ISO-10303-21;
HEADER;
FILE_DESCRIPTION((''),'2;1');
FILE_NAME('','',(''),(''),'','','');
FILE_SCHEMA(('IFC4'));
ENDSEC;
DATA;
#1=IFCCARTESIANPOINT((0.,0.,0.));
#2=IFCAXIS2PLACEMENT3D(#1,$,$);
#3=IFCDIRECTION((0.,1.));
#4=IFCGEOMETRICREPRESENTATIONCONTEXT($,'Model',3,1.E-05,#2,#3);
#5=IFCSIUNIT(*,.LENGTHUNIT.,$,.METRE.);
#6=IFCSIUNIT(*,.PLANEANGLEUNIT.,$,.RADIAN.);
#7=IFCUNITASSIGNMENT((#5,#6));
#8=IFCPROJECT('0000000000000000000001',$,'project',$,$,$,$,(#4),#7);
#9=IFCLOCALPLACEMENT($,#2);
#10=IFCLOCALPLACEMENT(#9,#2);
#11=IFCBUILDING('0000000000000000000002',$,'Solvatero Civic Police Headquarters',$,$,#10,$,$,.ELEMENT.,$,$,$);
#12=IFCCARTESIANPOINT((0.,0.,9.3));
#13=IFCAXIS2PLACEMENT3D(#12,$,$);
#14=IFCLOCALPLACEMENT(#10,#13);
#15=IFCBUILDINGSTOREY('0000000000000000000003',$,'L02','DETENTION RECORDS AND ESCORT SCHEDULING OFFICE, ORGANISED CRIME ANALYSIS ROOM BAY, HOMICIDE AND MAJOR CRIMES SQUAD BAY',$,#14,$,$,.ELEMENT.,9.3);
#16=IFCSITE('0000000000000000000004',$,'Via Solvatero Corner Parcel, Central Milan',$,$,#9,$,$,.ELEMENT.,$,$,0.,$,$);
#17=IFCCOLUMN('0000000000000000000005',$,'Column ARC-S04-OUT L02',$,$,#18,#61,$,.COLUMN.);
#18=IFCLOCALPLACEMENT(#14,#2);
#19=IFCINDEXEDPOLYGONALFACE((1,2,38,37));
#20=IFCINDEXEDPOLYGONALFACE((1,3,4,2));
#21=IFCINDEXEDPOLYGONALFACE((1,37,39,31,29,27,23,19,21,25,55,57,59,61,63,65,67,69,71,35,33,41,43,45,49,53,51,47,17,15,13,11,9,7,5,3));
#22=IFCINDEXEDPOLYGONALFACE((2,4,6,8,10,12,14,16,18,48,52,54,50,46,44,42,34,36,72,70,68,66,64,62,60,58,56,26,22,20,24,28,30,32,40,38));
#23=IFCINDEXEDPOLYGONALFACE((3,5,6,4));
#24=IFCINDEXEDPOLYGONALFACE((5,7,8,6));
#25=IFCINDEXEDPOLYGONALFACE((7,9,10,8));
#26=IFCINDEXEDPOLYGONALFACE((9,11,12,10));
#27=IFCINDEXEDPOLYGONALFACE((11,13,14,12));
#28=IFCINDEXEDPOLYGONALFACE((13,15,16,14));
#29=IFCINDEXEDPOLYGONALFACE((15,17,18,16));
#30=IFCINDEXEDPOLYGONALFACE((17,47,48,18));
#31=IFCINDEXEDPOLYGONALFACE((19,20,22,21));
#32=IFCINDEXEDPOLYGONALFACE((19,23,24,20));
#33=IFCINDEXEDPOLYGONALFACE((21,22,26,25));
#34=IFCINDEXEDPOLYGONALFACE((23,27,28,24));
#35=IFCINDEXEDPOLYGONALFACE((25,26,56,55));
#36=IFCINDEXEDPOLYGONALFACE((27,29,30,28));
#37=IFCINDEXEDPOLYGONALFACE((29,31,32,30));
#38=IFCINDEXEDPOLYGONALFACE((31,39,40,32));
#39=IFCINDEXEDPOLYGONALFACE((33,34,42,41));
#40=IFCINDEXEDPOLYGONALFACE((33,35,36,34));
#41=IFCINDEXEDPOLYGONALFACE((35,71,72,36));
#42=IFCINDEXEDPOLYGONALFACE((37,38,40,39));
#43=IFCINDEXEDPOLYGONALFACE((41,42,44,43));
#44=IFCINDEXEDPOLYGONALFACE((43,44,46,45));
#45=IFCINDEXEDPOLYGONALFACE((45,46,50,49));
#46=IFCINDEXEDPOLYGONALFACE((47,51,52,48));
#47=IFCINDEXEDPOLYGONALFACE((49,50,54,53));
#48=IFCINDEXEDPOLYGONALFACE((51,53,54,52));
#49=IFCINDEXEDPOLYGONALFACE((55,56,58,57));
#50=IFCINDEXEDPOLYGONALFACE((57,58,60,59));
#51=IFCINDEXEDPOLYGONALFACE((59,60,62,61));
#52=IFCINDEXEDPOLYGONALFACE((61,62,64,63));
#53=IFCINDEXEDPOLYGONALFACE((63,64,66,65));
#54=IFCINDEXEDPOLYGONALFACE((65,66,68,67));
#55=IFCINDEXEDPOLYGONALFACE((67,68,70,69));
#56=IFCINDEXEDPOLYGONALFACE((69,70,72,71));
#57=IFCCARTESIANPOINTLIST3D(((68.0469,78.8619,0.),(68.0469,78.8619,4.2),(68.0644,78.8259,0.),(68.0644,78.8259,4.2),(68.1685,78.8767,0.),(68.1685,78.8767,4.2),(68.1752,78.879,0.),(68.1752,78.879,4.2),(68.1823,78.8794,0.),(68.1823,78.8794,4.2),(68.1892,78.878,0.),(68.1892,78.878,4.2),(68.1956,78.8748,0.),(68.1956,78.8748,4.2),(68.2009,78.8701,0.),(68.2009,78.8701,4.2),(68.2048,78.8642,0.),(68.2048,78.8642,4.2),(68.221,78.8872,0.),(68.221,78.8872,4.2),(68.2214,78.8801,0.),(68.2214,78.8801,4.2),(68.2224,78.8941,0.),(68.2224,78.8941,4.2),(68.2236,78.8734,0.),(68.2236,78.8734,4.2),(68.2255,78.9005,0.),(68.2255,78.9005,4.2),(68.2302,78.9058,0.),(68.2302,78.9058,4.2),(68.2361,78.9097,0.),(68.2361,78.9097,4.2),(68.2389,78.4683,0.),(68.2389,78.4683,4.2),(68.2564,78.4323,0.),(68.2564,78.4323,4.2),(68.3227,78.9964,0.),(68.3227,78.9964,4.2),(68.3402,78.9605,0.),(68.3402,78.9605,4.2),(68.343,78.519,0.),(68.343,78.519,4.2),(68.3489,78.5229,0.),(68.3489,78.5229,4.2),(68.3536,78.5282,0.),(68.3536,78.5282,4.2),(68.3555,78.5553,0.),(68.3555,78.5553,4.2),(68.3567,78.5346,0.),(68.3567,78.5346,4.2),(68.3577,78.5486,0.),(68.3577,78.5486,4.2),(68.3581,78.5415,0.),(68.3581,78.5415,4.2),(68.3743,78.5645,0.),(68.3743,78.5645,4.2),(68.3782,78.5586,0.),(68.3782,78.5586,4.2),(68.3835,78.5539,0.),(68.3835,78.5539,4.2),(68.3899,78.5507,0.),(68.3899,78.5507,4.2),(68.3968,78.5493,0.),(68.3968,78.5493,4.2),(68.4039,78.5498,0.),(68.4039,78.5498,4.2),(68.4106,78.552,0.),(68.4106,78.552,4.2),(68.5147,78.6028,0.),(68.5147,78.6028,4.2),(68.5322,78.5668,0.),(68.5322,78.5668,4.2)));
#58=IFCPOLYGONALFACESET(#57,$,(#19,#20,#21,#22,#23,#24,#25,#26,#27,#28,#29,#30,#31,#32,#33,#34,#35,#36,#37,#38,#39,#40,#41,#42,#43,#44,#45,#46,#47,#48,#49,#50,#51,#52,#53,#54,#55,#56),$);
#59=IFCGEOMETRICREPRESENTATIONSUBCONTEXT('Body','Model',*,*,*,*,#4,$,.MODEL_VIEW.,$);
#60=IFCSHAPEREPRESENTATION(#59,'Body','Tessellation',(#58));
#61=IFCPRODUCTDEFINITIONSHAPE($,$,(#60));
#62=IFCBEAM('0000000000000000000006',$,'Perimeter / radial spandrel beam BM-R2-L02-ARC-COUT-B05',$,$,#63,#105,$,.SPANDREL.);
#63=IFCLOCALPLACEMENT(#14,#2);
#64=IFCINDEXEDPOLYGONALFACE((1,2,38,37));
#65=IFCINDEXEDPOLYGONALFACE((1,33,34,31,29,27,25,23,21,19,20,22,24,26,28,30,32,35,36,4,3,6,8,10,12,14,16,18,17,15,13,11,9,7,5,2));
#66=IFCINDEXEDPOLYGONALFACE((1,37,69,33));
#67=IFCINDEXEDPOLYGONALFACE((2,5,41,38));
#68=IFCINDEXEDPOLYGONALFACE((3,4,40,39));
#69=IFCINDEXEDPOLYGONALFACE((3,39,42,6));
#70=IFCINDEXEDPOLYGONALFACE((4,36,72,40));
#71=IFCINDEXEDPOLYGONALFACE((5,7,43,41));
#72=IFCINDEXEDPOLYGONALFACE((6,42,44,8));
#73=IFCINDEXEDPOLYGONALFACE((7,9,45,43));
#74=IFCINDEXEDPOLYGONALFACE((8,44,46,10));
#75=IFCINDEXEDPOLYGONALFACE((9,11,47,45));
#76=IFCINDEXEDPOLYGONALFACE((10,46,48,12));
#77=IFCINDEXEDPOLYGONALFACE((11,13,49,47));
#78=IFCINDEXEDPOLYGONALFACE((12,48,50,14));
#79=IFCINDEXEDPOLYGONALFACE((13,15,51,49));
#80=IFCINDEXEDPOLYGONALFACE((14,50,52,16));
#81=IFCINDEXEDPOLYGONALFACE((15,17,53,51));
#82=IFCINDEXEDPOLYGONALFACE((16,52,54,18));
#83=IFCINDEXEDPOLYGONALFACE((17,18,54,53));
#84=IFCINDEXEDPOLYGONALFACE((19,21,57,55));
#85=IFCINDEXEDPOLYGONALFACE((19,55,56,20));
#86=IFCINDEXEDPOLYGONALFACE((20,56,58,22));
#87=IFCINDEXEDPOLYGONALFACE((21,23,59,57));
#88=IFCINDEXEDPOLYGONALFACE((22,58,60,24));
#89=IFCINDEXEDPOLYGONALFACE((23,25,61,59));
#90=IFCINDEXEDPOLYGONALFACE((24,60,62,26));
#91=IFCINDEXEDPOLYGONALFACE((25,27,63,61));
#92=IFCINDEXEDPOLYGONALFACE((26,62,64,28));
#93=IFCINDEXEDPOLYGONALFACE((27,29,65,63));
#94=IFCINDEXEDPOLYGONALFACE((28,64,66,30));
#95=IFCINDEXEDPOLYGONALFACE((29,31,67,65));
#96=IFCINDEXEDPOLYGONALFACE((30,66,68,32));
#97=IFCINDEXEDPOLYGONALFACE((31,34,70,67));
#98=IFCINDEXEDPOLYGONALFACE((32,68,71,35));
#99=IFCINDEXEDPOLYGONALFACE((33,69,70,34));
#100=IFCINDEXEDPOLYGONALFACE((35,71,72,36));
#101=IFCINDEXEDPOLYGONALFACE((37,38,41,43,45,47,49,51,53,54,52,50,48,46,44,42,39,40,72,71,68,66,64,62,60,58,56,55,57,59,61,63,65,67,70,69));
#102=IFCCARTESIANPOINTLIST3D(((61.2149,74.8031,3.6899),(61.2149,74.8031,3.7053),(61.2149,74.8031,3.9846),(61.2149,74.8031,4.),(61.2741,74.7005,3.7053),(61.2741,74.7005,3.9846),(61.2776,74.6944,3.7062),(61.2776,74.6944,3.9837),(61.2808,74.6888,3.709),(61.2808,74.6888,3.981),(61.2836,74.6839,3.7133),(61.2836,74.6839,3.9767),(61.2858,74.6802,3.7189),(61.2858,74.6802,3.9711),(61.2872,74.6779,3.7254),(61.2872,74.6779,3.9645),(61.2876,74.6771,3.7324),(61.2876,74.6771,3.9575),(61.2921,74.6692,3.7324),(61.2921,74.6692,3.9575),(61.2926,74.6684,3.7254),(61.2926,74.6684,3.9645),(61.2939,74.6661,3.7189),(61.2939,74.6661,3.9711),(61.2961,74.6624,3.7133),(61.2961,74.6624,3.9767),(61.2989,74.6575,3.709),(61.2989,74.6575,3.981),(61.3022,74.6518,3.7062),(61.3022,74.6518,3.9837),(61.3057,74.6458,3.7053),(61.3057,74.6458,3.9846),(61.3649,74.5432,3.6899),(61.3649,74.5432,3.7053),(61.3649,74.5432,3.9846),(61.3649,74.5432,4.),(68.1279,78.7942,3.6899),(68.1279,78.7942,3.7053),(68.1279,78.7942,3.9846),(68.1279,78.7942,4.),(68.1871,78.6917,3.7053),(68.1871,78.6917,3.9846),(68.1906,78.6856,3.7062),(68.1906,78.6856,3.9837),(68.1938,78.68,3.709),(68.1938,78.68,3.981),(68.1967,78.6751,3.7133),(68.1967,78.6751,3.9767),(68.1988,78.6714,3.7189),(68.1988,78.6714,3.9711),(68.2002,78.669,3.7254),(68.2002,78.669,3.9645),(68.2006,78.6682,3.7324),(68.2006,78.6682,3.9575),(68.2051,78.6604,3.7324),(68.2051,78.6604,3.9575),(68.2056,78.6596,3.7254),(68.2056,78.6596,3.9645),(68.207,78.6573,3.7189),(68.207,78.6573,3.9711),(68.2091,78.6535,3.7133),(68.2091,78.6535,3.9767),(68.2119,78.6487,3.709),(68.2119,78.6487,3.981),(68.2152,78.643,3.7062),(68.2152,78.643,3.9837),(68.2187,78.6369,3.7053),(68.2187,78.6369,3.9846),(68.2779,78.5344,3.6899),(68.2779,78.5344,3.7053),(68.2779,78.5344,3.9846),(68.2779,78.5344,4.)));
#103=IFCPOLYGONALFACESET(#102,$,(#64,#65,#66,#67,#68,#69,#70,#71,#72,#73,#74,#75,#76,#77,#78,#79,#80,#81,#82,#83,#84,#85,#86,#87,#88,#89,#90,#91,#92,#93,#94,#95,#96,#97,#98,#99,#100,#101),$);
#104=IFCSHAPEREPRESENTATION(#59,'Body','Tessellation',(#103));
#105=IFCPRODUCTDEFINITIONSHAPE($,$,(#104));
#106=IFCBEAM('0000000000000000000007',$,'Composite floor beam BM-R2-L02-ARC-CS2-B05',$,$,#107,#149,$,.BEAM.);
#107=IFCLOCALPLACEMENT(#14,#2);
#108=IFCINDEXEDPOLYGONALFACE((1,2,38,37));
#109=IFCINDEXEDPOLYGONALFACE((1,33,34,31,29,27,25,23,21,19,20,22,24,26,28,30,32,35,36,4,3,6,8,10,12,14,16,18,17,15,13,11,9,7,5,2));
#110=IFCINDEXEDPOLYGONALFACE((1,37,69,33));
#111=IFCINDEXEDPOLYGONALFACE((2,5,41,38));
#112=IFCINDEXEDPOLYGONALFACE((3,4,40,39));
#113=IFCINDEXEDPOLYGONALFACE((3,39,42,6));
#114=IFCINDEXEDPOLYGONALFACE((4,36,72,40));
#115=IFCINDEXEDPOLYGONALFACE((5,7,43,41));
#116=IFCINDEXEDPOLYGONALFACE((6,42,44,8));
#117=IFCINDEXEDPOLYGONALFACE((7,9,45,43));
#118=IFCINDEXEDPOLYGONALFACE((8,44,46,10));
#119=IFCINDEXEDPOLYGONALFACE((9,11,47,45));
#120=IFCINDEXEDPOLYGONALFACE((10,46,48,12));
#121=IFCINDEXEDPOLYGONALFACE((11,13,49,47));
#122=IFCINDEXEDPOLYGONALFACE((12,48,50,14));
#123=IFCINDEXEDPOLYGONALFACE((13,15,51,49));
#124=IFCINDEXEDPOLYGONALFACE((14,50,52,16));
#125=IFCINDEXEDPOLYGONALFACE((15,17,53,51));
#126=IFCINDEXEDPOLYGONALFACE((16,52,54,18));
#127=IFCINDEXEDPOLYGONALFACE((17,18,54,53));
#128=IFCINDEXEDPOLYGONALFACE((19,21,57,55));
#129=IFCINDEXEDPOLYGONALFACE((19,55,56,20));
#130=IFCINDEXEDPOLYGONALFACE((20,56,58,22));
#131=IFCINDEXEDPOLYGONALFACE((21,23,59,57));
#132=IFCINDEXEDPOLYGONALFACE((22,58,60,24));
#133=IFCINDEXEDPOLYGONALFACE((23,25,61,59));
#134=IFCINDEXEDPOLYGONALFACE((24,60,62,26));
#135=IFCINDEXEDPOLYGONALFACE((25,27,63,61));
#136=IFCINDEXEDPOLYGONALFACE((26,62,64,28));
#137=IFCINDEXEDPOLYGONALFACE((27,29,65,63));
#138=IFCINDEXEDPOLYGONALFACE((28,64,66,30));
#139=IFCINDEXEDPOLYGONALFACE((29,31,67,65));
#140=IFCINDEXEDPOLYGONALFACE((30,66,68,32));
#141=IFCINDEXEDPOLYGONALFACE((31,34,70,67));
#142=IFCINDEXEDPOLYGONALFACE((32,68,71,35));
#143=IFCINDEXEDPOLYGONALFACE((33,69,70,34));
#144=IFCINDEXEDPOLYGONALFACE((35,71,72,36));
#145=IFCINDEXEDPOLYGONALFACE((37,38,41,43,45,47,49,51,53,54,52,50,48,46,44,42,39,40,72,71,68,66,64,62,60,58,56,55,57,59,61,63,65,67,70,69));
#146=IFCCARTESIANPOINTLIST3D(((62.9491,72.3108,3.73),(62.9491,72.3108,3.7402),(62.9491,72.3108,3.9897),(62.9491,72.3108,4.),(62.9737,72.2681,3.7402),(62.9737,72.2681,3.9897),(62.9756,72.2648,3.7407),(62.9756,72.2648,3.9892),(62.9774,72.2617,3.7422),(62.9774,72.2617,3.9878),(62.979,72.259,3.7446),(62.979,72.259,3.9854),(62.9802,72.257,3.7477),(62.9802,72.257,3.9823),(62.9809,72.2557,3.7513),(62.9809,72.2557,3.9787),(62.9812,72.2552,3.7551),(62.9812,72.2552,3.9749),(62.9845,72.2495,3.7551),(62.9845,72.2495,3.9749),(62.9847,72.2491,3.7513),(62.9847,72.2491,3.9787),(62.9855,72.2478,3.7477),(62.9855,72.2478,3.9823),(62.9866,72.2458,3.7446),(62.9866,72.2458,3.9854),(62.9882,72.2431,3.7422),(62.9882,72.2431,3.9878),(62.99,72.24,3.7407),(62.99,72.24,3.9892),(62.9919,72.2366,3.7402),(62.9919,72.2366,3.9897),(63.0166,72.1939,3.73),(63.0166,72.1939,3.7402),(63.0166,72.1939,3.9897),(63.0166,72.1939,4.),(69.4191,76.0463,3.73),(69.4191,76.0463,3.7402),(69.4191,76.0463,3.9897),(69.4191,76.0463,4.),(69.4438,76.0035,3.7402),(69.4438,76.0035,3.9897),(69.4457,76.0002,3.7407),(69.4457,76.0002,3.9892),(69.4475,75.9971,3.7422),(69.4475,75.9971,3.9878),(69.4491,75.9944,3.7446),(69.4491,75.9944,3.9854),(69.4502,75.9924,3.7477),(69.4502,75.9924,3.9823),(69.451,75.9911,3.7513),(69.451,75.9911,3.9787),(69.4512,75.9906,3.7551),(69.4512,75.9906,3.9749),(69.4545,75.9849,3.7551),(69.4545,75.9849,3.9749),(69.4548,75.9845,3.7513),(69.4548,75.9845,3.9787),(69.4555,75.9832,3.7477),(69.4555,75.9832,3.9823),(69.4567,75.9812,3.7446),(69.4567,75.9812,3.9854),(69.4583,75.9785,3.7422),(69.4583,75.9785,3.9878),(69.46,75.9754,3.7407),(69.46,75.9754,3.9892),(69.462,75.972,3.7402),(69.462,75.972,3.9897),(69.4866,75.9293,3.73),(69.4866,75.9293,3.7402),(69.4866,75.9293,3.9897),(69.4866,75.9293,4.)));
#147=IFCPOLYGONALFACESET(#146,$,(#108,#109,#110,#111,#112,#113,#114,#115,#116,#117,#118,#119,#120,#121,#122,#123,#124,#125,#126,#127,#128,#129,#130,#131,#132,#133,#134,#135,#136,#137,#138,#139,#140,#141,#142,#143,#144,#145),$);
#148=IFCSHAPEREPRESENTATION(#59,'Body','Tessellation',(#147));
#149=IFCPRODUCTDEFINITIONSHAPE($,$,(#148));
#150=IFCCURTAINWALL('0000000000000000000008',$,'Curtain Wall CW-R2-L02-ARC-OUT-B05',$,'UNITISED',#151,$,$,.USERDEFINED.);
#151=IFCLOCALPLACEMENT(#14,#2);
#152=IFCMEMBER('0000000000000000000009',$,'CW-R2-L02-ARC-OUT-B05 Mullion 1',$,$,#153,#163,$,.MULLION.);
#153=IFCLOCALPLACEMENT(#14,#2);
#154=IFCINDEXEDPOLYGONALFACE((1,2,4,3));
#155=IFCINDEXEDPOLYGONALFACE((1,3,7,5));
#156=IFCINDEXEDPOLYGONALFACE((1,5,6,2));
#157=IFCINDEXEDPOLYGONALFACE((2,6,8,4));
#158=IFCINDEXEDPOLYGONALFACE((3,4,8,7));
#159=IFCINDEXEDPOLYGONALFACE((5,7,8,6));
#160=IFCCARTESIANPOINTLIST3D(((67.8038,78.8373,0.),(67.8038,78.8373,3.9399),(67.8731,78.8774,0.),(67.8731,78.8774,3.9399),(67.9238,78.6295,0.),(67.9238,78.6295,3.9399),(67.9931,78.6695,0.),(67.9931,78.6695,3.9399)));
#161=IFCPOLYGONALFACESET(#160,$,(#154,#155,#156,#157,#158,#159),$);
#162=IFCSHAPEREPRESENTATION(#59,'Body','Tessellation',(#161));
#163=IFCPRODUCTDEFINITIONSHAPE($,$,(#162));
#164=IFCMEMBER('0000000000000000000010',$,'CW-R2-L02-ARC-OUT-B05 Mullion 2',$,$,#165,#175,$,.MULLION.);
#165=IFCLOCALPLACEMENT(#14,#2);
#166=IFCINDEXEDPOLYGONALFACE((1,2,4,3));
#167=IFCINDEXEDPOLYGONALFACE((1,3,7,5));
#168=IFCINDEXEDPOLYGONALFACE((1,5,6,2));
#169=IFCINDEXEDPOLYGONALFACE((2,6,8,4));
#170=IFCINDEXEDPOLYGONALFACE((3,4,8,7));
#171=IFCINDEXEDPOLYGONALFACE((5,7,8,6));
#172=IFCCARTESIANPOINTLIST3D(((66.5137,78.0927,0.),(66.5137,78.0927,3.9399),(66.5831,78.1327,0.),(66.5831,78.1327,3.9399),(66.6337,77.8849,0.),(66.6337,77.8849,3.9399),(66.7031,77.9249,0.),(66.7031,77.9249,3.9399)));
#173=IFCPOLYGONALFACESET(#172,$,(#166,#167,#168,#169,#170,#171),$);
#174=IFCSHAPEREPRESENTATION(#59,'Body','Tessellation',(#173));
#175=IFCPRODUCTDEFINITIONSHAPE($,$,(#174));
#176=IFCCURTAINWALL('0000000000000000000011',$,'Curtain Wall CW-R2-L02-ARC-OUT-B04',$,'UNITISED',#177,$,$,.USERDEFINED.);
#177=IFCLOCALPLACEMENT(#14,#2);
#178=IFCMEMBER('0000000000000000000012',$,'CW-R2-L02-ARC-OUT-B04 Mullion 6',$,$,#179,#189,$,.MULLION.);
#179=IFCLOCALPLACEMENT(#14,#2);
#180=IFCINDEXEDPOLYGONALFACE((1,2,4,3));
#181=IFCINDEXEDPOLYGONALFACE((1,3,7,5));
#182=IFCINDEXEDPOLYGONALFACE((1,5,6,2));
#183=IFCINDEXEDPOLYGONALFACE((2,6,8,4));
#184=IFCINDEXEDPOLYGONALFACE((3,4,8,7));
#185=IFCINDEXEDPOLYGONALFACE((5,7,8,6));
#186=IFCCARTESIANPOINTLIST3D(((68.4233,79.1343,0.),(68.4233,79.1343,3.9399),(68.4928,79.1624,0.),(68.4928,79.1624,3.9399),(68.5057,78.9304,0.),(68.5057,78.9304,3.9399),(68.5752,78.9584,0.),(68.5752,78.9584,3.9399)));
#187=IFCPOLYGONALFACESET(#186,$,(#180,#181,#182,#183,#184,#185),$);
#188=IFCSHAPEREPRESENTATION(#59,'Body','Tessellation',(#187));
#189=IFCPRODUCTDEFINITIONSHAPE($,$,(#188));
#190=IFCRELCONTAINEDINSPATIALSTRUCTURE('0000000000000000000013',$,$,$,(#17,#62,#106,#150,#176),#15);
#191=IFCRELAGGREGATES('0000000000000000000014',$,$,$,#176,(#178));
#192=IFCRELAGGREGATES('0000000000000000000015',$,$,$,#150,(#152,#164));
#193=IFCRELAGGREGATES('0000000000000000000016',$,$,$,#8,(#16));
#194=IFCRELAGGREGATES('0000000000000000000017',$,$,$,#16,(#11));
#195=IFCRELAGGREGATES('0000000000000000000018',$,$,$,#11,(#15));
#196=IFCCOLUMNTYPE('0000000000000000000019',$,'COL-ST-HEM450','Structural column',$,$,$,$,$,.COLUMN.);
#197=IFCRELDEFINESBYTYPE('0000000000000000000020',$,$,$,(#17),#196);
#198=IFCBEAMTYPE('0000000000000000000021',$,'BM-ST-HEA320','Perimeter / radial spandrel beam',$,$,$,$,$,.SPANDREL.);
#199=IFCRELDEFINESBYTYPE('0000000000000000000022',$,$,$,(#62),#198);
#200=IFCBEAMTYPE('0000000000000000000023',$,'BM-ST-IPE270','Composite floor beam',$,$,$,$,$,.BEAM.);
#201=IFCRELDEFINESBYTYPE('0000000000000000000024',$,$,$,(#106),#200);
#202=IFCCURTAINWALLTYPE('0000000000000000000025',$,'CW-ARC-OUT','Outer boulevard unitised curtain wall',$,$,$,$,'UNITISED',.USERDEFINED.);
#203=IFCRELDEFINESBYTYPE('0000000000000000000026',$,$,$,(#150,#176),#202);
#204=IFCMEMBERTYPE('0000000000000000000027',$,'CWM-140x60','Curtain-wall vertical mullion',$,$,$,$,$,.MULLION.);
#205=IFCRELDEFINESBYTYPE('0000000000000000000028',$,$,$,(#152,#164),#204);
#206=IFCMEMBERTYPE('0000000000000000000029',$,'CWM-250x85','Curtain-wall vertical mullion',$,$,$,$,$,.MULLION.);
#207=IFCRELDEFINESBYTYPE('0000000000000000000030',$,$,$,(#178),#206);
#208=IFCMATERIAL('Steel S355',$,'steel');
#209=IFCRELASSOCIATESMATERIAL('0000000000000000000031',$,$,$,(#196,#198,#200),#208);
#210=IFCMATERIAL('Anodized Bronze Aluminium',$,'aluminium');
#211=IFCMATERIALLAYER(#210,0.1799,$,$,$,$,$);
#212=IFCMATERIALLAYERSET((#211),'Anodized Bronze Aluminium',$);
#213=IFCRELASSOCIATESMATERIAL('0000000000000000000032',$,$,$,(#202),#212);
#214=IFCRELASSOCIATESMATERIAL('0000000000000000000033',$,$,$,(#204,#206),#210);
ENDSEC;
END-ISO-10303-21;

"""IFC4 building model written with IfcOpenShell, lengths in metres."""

from ifc_helpers import new_model, si_unit, direction, frame, origin, origin_2d, place, context, subcontext, project, spatial, rectangle, i_section, extrude, material, layer, layer_set, material_profile, profile_set, type_object, element, aggregate, save


model = new_model("IFC4")

# Units and contexts
model_context = context("Model", 3, precision=1e-05, world=origin(), true_north=direction((0.0, 1.0)))
body_context = subcontext(model_context, "Body", "Model", "MODEL_VIEW")
ifc_project = project(units=[si_unit("LENGTHUNIT", "METRE"), si_unit("PLANEANGLEUNIT", "RADIAN")], contexts=[model_context])

# Site, building, storey
site_placement = place(None, origin())
site = spatial("IfcSite", under=ifc_project, at=site_placement, Name="Via Solvatero Corner Parcel, Central Milan", CompositionType="ELEMENT", RefElevation=0.0)
building_placement = place(site_placement, origin())
building = spatial("IfcBuilding", under=site, at=building_placement, Name="Solvatero Civic Police Headquarters", CompositionType="ELEMENT")
storey_placement = place(building_placement, frame((0.0, 0.0, 9.3)))
storey = spatial("IfcBuildingStorey", under=building, at=storey_placement, Name="L02", Description="DETENTION RECORDS AND ESCORT SCHEDULING OFFICE, ORGANISED CRIME ANALYSIS ROOM BAY, HOMICIDE AND MAJOR CRIMES SQUAD BAY", CompositionType="ELEMENT", Elevation=9.3)

# Column
ifc_material_1 = material(Name="Steel S355", Category="steel")
ifc_material_profile_1 = material_profile(ifc_material_1, i_section(OverallWidth=0.3069, OverallDepth=0.478, WebThickness=0.021, FlangeThickness=0.04, FilletRadius=0.0271, at=origin_2d()), Name="HEM 450")
ifc_profile_set_1 = profile_set([ifc_material_profile_1], Name="Steel S355")
column_type = type_object("IfcColumnType", Name="COL-ST-HEM450", Description="Structural column", PredefinedType="COLUMN", material=ifc_profile_set_1)
column_placement = place(storey_placement, frame((68.2896, 78.7144, 0.0), z_axis=(0.0, 0.0, 1.0), x_axis=(0.898794, 0.438371, 0.0)))
element("IfcColumn", 1, at=column_placement, inside=storey, type_object=column_type, Name="Column ARC-S04-OUT L02", PredefinedType="COLUMN", context=body_context, shape_type="SweptSolid", body=[
    extrude(i_section(OverallWidth=0.3069, OverallDepth=0.478, WebThickness=0.021, FlangeThickness=0.04, FilletRadius=0.0271, at=origin_2d()), origin(), (0.0, 0.0, 1.0), 4.2),
])

# Beams
ifc_material_profile_2 = material_profile(ifc_material_1, i_section(OverallWidth=0.3, OverallDepth=0.3101, WebThickness=0.009, FlangeThickness=0.0154, FilletRadius=0.0271, at=origin_2d()), Name="HEA 320")
ifc_profile_set_2 = profile_set([ifc_material_profile_2], Name="Steel S355")
beam_type_1 = type_object("IfcBeamType", Name="BM-ST-HEA320", Description="Perimeter / radial spandrel beam", PredefinedType="SPANDREL", material=ifc_profile_set_2)
beam_1_placement = place(storey_placement, frame((68.2029, 78.6643, 3.845), z_axis=(-0.866029, -0.499994, 0.0), x_axis=(0.499994, -0.866029, 0.0)))
element("IfcBeam", 2, at=beam_1_placement, inside=storey, type_object=beam_type_1, Name="Perimeter / radial spandrel beam BM-R2-L02-ARC-COUT-B05", PredefinedType="SPANDREL", context=body_context, shape_type="SweptSolid", body=[
    extrude(i_section(OverallWidth=0.3, OverallDepth=0.3101, WebThickness=0.009, FlangeThickness=0.0154, FilletRadius=0.0271, at=origin_2d()), origin(), (0.0, 0.0, 1.0), 7.9824),
])
ifc_material_profile_3 = material_profile(ifc_material_1, i_section(OverallWidth=0.135, OverallDepth=0.27, WebThickness=0.0066, FlangeThickness=0.0103, FilletRadius=0.0149, at=origin_2d()), Name="IPE 270")
ifc_profile_set_3 = profile_set([ifc_material_profile_3], Name="Steel S355")
beam_type_2 = type_object("IfcBeamType", Name="BM-ST-IPE270", Description="Composite floor beam", PredefinedType="BEAM", material=ifc_profile_set_3)
beam_2_placement = place(storey_placement, frame((69.4529, 75.9878, 3.865), z_axis=(-0.86603, -0.499991, 0.0), x_axis=(0.499991, -0.86603, 0.0)))
element("IfcBeam", 3, at=beam_2_placement, inside=storey, type_object=beam_type_2, Name="Composite floor beam BM-R2-L02-ARC-CS2-B05", PredefinedType="BEAM", context=body_context, shape_type="SweptSolid", body=[
    extrude(i_section(OverallWidth=0.135, OverallDepth=0.27, WebThickness=0.0066, FlangeThickness=0.0103, FilletRadius=0.0149, at=origin_2d()), origin(), (0.0, 0.0, 1.0), 7.4709),
])

# Curtain wall, members
ifc_material_2 = material(Name="Anodized Bronze Aluminium", Category="aluminium")
ifc_layer_1 = layer(ifc_material_2, 0.1799)
ifc_layer_set_1 = layer_set([ifc_layer_1], Name="Anodized Bronze Aluminium")
curtain_wall_type = type_object("IfcCurtainWallType", Name="CW-ARC-OUT", Description="Outer boulevard unitised curtain wall", ElementType="UNITISED", PredefinedType="USERDEFINED", material=ifc_layer_set_1)
curtain_wall_1_placement = place(storey_placement, origin())
curtain_wall_1 = element("IfcCurtainWall", 4, at=curtain_wall_1_placement, inside=storey, type_object=curtain_wall_type, Name="Curtain Wall CW-R2-L02-ARC-OUT-B05", ObjectType="UNITISED", PredefinedType="USERDEFINED")
ifc_material_profile_4 = material_profile(ifc_material_2, rectangle(XDim=0.0801, YDim=0.24, at=origin_2d()), Name="ALU MULLION 80x240")
ifc_profile_set_4 = profile_set([ifc_material_profile_4], Name="Anodized Bronze Aluminium")
member_type_1 = type_object("IfcMemberType", Name="CWM-140x60", Description="Curtain-wall vertical mullion", PredefinedType="MULLION", material=ifc_profile_set_4)
member_1_placement = place(storey_placement, frame((67.8984, 78.7534, 0.0), z_axis=(0.0, 0.0, 1.0), x_axis=(-0.866025, -0.5, 0.0)))
member_1 = element("IfcMember", 5, at=member_1_placement, type_object=member_type_1, Name="CW-R2-L02-ARC-OUT-B05 Mullion 1", PredefinedType="MULLION", context=body_context, shape_type="SweptSolid", body=[
    extrude(rectangle(XDim=0.0801, YDim=0.24, at=origin_2d()), origin(), (0.0, 0.0, 1.0), 3.9399),
])
member_2_placement = place(storey_placement, frame((66.6084, 78.0088, 0.0), z_axis=(0.0, 0.0, 1.0), x_axis=(-0.866025, -0.5, 0.0)))
member_2 = element("IfcMember", 6, at=member_2_placement, type_object=member_type_1, Name="CW-R2-L02-ARC-OUT-B05 Mullion 2", PredefinedType="MULLION", context=body_context, shape_type="SweptSolid", body=[
    extrude(rectangle(XDim=0.0801, YDim=0.24, at=origin_2d()), origin(), (0.0, 0.0, 1.0), 3.9399),
])

# Curtain wall, member
curtain_wall_2_placement = place(storey_placement, origin())
curtain_wall_2 = element("IfcCurtainWall", 7, at=curtain_wall_2_placement, inside=storey, type_object=curtain_wall_type, Name="Curtain Wall CW-R2-L02-ARC-OUT-B04", ObjectType="UNITISED", PredefinedType="USERDEFINED")
ifc_material_profile_5 = material_profile(ifc_material_2, rectangle(XDim=0.075, YDim=0.22, at=origin_2d()), Name="ALU MULLION 75x220")
ifc_profile_set_5 = profile_set([ifc_material_profile_5], Name="Anodized Bronze Aluminium")
member_type_2 = type_object("IfcMemberType", Name="CWM-250x85", Description="Curtain-wall vertical mullion", PredefinedType="MULLION", material=ifc_profile_set_5)
member_3_placement = place(storey_placement, frame((68.4993, 79.0464, 0.0), z_axis=(0.0, 0.0, 1.0), x_axis=(-0.927184, -0.374607, 0.0)))
member_3 = element("IfcMember", 8, at=member_3_placement, type_object=member_type_2, Name="CW-R2-L02-ARC-OUT-B04 Mullion 6", PredefinedType="MULLION", context=body_context, shape_type="SweptSolid", body=[
    extrude(rectangle(XDim=0.075, YDim=0.22, at=origin_2d()), origin(), (0.0, 0.0, 1.0), 3.9399),
])

aggregate(curtain_wall_2, [member_3])
aggregate(curtain_wall_1, [member_1, member_2])

save(model, "model.ifc")
